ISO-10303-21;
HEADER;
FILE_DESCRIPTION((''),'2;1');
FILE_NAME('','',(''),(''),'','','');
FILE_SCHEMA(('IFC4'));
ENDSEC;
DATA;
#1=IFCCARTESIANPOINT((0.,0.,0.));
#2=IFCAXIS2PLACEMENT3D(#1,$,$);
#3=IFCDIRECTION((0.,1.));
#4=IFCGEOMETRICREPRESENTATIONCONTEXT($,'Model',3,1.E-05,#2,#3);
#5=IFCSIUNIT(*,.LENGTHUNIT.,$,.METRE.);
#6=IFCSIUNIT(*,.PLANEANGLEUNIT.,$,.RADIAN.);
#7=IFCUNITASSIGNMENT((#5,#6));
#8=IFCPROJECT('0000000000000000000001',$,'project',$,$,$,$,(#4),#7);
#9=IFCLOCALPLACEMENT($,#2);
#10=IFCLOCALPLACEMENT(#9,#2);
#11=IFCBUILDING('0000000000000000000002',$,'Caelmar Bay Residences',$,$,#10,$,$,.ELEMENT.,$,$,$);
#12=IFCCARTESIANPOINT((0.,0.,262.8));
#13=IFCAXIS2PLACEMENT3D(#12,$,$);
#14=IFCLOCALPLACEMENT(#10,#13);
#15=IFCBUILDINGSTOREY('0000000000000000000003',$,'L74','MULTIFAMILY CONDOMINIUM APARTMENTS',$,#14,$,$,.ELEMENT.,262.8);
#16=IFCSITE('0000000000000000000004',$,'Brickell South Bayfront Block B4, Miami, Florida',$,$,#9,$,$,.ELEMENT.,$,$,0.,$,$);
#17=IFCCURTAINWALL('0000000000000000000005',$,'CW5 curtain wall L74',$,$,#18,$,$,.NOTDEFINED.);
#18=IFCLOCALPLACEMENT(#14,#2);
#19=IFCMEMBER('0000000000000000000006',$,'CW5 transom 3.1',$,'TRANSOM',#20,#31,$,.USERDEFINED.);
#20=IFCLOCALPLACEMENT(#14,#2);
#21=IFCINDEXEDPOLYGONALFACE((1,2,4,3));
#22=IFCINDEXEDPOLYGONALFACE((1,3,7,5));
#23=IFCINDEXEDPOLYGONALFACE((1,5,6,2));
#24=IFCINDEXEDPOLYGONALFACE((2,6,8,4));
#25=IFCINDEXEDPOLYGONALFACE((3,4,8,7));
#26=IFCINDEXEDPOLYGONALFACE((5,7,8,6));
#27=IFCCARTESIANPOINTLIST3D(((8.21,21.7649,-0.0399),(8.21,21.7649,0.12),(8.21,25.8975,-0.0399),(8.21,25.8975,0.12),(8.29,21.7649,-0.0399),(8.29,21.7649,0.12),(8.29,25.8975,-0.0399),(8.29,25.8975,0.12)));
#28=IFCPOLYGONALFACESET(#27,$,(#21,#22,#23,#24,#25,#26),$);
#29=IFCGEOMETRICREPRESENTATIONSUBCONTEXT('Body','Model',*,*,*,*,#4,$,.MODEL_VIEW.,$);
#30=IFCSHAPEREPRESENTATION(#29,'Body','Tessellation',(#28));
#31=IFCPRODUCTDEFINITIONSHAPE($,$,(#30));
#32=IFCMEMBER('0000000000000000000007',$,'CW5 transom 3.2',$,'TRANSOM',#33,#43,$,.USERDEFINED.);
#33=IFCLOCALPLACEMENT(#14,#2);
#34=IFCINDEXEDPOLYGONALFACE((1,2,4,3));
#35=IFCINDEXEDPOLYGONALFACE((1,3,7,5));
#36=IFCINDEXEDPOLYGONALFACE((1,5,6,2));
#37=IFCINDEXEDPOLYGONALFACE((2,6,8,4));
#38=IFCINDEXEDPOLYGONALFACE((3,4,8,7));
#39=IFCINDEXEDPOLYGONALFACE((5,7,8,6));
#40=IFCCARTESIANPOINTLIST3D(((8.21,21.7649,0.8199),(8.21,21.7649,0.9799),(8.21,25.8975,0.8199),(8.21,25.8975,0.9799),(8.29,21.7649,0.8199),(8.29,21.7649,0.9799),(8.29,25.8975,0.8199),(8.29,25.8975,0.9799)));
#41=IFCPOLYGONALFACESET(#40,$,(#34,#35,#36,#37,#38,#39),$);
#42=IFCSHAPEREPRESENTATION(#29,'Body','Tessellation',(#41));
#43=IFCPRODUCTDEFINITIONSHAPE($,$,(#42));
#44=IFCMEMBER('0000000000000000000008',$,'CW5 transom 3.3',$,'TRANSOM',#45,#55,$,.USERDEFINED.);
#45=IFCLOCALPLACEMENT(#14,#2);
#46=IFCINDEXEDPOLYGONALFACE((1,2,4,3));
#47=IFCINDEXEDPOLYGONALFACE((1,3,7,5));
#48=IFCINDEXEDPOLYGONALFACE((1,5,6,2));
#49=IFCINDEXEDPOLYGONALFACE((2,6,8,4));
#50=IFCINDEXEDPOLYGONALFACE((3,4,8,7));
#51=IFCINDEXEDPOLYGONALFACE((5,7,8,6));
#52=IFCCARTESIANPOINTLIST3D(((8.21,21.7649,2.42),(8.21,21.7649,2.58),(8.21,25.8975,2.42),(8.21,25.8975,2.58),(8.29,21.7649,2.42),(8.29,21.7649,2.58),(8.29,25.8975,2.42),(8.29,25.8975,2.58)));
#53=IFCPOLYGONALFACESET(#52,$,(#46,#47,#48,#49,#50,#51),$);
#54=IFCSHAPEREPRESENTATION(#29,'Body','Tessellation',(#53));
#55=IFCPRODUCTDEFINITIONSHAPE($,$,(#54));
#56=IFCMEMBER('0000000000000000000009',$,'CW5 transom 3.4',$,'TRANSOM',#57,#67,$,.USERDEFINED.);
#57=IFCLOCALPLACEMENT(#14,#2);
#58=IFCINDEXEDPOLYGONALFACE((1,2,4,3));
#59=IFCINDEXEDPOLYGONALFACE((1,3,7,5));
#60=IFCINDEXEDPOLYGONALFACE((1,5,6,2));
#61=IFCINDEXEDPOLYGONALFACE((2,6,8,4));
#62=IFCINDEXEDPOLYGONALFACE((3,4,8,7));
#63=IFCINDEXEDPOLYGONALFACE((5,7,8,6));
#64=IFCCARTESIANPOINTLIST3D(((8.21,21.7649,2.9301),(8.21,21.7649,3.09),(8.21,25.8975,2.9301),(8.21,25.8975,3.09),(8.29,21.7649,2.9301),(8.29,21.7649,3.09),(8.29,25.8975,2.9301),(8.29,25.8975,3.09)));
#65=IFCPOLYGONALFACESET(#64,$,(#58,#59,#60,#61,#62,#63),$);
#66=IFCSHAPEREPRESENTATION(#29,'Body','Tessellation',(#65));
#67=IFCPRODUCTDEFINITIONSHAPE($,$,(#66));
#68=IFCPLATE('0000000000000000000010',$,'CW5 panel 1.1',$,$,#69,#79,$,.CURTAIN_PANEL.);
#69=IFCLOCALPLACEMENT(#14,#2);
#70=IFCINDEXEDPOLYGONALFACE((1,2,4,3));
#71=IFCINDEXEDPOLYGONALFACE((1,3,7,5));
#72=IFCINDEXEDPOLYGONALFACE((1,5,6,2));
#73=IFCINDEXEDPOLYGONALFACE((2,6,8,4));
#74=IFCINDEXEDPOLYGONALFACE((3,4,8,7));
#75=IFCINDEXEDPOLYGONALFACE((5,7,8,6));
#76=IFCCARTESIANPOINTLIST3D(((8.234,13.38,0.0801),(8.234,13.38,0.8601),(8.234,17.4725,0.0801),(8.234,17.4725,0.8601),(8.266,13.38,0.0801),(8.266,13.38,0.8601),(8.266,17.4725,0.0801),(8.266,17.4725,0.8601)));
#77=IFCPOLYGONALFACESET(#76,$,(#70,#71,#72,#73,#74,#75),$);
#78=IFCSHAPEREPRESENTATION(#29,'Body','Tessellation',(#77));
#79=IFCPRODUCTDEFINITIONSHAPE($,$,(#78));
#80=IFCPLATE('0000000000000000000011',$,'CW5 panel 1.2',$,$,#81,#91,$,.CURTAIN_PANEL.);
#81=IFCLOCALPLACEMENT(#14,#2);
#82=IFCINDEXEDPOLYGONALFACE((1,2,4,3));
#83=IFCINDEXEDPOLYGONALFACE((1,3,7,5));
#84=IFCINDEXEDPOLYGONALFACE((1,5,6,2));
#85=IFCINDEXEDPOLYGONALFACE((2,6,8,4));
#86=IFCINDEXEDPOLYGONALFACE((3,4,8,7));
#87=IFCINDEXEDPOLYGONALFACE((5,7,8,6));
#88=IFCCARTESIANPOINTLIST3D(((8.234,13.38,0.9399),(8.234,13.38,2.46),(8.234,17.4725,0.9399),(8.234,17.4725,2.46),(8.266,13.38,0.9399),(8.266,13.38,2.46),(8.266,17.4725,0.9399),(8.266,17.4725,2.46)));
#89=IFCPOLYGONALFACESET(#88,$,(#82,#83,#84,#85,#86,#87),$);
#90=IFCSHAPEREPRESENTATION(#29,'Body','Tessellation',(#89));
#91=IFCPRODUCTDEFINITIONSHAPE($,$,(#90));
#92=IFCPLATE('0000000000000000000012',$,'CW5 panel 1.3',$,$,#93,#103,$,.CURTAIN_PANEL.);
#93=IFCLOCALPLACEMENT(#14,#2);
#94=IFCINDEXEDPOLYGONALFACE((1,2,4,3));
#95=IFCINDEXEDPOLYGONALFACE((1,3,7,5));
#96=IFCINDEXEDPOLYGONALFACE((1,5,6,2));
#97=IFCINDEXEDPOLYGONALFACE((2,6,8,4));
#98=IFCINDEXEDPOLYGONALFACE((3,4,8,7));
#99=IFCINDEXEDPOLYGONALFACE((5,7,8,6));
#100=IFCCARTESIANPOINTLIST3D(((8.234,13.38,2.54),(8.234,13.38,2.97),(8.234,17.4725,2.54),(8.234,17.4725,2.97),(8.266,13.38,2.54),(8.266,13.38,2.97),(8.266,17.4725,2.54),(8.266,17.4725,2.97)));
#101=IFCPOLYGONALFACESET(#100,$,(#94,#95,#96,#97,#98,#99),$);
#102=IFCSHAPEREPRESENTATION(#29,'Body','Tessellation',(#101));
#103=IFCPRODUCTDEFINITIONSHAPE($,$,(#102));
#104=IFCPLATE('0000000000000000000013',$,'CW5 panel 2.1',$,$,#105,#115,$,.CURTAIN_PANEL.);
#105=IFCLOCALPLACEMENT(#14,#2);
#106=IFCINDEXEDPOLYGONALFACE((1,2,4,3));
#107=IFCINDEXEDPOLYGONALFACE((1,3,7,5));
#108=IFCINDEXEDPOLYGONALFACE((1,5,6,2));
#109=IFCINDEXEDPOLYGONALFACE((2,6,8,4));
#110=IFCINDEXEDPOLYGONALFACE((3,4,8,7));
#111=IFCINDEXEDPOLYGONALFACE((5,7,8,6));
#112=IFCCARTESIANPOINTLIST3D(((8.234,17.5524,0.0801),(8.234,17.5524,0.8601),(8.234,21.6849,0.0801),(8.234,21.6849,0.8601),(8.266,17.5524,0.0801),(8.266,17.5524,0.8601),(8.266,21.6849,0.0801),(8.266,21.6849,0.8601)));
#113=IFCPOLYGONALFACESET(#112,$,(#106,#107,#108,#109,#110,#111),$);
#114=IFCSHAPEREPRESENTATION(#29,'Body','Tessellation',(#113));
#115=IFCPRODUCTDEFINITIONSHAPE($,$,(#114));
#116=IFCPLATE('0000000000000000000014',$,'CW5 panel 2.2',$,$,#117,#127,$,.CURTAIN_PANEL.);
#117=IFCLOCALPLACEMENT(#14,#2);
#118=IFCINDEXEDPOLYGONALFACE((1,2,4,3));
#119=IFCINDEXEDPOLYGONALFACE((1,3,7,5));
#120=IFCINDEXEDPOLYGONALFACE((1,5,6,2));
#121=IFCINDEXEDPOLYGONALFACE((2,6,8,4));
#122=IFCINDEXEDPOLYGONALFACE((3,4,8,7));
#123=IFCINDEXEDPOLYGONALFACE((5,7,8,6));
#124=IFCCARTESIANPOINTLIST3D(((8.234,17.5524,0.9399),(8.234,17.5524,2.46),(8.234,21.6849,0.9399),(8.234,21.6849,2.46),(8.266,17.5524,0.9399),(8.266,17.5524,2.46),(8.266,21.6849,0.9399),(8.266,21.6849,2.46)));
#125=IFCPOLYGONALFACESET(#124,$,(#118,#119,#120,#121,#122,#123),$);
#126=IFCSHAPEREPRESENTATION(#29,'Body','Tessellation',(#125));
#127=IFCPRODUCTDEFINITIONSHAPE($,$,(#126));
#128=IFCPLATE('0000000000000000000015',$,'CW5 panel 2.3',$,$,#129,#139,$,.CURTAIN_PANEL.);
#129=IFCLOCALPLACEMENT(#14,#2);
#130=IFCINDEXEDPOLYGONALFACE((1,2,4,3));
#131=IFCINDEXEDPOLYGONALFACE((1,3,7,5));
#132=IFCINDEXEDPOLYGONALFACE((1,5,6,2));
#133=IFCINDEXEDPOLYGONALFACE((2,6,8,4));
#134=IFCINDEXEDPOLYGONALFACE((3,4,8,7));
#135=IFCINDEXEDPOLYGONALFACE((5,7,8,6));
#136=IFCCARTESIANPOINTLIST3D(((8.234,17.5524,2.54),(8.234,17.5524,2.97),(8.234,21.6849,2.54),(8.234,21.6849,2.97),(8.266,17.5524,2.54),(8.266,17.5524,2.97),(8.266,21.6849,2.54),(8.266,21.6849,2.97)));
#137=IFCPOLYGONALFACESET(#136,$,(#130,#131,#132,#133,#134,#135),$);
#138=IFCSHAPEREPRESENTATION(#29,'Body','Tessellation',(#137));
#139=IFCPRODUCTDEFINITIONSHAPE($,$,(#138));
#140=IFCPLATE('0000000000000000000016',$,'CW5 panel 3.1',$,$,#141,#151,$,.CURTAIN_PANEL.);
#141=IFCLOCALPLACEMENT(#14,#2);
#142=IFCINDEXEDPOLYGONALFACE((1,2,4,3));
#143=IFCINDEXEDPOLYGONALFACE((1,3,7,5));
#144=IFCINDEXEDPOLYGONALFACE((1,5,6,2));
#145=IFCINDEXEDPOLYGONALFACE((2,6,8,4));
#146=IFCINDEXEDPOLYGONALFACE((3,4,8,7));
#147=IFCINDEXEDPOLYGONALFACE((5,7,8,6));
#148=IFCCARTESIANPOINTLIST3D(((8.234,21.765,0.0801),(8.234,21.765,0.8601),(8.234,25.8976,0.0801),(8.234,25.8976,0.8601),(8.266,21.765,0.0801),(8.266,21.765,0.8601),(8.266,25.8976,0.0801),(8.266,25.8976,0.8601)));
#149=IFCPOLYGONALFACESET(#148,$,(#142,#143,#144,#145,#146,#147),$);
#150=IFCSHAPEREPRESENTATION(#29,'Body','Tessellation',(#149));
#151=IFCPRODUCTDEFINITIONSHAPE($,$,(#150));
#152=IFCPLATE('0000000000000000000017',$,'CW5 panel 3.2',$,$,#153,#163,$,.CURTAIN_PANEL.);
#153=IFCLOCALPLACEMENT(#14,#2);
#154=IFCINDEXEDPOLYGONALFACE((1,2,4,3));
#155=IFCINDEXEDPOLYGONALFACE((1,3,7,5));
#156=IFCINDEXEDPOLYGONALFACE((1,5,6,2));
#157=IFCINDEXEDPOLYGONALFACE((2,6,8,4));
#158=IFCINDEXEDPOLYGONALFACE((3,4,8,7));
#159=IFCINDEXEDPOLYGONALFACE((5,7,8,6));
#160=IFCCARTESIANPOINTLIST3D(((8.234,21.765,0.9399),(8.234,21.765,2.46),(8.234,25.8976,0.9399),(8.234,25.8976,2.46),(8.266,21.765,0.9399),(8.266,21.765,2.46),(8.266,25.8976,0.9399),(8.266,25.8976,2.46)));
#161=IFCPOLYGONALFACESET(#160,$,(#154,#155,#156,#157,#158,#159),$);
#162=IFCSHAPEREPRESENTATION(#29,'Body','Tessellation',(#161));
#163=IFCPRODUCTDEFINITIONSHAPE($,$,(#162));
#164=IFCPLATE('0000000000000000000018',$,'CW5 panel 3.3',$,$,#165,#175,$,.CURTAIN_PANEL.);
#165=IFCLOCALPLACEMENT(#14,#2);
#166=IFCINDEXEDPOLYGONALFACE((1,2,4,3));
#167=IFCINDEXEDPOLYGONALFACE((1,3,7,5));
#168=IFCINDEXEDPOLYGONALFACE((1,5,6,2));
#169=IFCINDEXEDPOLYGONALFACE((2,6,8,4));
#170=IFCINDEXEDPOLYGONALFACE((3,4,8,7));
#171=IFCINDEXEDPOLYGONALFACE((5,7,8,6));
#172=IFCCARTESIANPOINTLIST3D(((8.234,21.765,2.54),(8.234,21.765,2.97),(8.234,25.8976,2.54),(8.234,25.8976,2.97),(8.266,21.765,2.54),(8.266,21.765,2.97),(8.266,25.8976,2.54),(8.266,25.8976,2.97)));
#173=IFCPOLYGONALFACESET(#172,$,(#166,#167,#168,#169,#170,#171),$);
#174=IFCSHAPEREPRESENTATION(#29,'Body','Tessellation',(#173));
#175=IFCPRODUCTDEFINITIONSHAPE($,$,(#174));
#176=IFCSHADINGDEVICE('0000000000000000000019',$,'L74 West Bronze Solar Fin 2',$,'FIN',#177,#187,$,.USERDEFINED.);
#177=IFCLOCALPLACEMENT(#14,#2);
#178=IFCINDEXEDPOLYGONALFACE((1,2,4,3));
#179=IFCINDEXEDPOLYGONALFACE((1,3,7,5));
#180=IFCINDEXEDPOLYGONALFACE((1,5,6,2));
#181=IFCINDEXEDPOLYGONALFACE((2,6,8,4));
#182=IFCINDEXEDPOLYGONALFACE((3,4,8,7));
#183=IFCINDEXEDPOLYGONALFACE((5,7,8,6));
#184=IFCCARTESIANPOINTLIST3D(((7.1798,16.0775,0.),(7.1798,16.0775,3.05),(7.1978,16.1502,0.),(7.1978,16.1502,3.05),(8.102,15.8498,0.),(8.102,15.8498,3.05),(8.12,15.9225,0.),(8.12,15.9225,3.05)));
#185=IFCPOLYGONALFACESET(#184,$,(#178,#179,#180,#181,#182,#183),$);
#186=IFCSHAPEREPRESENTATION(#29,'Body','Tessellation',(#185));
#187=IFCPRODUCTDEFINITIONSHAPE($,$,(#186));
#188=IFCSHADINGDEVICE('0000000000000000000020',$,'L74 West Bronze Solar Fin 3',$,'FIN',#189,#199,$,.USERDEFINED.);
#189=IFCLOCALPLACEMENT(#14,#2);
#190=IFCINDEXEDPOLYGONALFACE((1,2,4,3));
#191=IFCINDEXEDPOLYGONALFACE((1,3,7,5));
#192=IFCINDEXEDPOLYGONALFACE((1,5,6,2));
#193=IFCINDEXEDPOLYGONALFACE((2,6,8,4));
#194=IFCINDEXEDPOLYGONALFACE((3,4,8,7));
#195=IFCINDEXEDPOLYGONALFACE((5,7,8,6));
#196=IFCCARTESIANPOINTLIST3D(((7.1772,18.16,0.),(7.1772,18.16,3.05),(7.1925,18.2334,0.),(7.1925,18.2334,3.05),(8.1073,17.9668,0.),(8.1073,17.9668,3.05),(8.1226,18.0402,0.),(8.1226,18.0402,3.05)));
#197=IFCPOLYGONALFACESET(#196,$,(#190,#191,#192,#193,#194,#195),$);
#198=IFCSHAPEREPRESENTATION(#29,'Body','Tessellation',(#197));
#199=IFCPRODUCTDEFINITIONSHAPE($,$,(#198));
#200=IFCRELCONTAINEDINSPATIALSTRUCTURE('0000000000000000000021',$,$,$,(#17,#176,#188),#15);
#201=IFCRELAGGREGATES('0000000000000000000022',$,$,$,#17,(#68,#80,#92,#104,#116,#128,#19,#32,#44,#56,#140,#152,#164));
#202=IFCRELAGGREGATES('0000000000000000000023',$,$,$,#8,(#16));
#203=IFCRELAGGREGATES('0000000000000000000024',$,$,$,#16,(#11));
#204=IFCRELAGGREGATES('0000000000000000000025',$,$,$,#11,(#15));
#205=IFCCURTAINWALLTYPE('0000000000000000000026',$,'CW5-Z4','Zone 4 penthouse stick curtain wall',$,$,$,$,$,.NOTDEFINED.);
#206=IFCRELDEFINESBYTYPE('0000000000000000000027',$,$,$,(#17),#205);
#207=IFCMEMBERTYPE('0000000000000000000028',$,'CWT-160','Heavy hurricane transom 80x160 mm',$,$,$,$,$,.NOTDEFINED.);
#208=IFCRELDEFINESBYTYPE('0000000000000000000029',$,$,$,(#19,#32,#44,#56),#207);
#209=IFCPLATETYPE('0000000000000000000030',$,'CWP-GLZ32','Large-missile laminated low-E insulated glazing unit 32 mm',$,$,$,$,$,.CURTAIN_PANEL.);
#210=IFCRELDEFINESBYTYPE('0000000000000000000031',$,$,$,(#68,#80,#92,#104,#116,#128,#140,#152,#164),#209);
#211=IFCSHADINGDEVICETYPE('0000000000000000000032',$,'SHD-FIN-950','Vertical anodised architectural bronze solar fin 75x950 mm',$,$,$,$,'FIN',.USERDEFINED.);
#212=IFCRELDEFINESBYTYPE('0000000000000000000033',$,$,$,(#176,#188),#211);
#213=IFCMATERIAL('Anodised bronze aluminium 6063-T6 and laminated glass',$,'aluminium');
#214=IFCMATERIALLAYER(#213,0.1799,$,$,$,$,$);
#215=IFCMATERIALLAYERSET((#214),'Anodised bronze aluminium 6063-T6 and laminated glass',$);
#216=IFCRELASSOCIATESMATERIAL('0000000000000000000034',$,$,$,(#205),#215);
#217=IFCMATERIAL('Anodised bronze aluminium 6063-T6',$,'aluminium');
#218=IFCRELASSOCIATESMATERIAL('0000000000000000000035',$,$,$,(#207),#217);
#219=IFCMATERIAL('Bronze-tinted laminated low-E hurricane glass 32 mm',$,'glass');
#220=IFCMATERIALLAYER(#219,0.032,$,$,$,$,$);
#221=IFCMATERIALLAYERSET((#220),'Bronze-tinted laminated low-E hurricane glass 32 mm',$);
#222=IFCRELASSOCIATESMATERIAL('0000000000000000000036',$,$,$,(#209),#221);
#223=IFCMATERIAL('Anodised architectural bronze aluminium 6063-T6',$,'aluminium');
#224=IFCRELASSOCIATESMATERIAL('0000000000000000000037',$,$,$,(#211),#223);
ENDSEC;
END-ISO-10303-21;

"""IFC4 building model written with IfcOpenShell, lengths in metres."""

from ifc_helpers import new_model, si_unit, direction, frame, origin, origin_2d, place, context, subcontext, project, spatial, rectangle, extrude, material, layer, layer_set, material_profile, profile_set, type_object, element, aggregate, save


model = new_model("IFC4")

# Units and contexts
model_context = context("Model", 3, precision=1e-05, world=origin(), true_north=direction((0.0, 1.0)))
body_context = subcontext(model_context, "Body", "Model", "MODEL_VIEW")
ifc_project = project(units=[si_unit("LENGTHUNIT", "METRE"), si_unit("PLANEANGLEUNIT", "RADIAN")], contexts=[model_context])

# Site, building, storey
site_placement = place(None, origin())
site = spatial("IfcSite", under=ifc_project, at=site_placement, Name="Brickell South Bayfront Block B4, Miami, Florida", CompositionType="ELEMENT", RefElevation=0.0)
building_placement = place(site_placement, origin())
building = spatial("IfcBuilding", under=site, at=building_placement, Name="Caelmar Bay Residences", CompositionType="ELEMENT")
storey_placement = place(building_placement, frame((0.0, 0.0, 262.8)))
storey = spatial("IfcBuildingStorey", under=building, at=storey_placement, Name="L74", Description="MULTIFAMILY CONDOMINIUM APARTMENTS", CompositionType="ELEMENT", Elevation=262.8)

# Curtain wall, members, plates
ifc_material_1 = material(Name="Anodised bronze aluminium 6063-T6 and laminated glass", Category="aluminium")
ifc_layer_1 = layer(ifc_material_1, 0.1799)
ifc_layer_set_1 = layer_set([ifc_layer_1], Name="Anodised bronze aluminium 6063-T6 and laminated glass")
curtain_wall_type = type_object("IfcCurtainWallType", Name="CW5-Z4", Description="Zone 4 penthouse stick curtain wall", PredefinedType="NOTDEFINED", material=ifc_layer_set_1)
curtain_wall_placement = place(storey_placement, origin())
curtain_wall = element("IfcCurtainWall", 1, at=curtain_wall_placement, inside=storey, type_object=curtain_wall_type, Name="CW5 curtain wall L74", PredefinedType="NOTDEFINED")
ifc_material_2 = material(Name="Anodised bronze aluminium 6063-T6", Category="aluminium")
ifc_material_profile_1 = material_profile(ifc_material_2, rectangle(XDim=0.0801, YDim=0.1599, at=origin_2d()), Name="CWT-80X160")
ifc_profile_set_1 = profile_set([ifc_material_profile_1], Name="Anodised bronze aluminium 6063-T6")
member_type_1 = type_object("IfcMemberType", Name="CWT-160", Description="Heavy hurricane transom 80x160 mm", PredefinedType="NOTDEFINED", material=ifc_profile_set_1)
member_1_placement = place(storey_placement, frame((8.25, 21.7649, 0.04), z_axis=(0.0, 1.0, 0.0), x_axis=(-1.0, 0.0, 0.0)))
member_1 = element("IfcMember", 2, at=member_1_placement, type_object=member_type_1, Name="CW5 transom 3.1", ObjectType="TRANSOM", PredefinedType="USERDEFINED", context=body_context, shape_type="SweptSolid", body=[
    extrude(rectangle(XDim=0.0801, YDim=0.1599, at=origin_2d()), origin(), (0.0, 0.0, 1.0), 4.1326),
])
member_2_placement = place(storey_placement, frame((8.25, 21.7649, 0.8999), z_axis=(0.0, 1.0, 0.0), x_axis=(-1.0, 0.0, 0.0)))
member_2 = element("IfcMember", 3, at=member_2_placement, type_object=member_type_1, Name="CW5 transom 3.2", ObjectType="TRANSOM", PredefinedType="USERDEFINED", context=body_context, shape_type="SweptSolid", body=[
    extrude(rectangle(XDim=0.0801, YDim=0.1599, at=origin_2d()), origin(), (0.0, 0.0, 1.0), 4.1326),
])
member_3_placement = place(storey_placement, frame((8.25, 21.7649, 2.5), z_axis=(0.0, 1.0, 0.0), x_axis=(-1.0, 0.0, 0.0)))
member_3 = element("IfcMember", 4, at=member_3_placement, type_object=member_type_1, Name="CW5 transom 3.3", ObjectType="TRANSOM", PredefinedType="USERDEFINED", context=body_context, shape_type="SweptSolid", body=[
    extrude(rectangle(XDim=0.0801, YDim=0.1599, at=origin_2d()), origin(), (0.0, 0.0, 1.0), 4.1326),
])
member_4_placement = place(storey_placement, frame((8.25, 21.7649, 3.01), z_axis=(0.0, 1.0, 0.0), x_axis=(-1.0, 0.0, 0.0)))
member_4 = element("IfcMember", 5, at=member_4_placement, type_object=member_type_1, Name="CW5 transom 3.4", ObjectType="TRANSOM", PredefinedType="USERDEFINED", context=body_context, shape_type="SweptSolid", body=[
    extrude(rectangle(XDim=0.0801, YDim=0.1599, at=origin_2d()), origin(), (0.0, 0.0, 1.0), 4.1326),
])
ifc_material_3 = material(Name="Bronze-tinted laminated low-E hurricane glass 32 mm", Category="glass")
ifc_layer_2 = layer(ifc_material_3, 0.032)
ifc_layer_set_2 = layer_set([ifc_layer_2], Name="Bronze-tinted laminated low-E hurricane glass 32 mm")
plate_type = type_object("IfcPlateType", Name="CWP-GLZ32", Description="Large-missile laminated low-E insulated glazing unit 32 mm", PredefinedType="CURTAIN_PANEL", material=ifc_layer_set_2)
plate_1_placement = place(storey_placement, frame((8.25, 15.4263, 0.0801), z_axis=(0.0, 0.0, 1.0), x_axis=(0.0, 1.0, 0.0)))
plate_1 = element("IfcPlate", 6, at=plate_1_placement, type_object=plate_type, Name="CW5 panel 1.1", PredefinedType="CURTAIN_PANEL", context=body_context, shape_type="SweptSolid", body=[
    extrude(rectangle(XDim=4.0925, YDim=0.032, at=origin_2d()), origin(), (0.0, 0.0, 1.0), 0.78),
])
plate_2_placement = place(storey_placement, frame((8.25, 15.4263, 0.9399), z_axis=(0.0, 0.0, 1.0), x_axis=(0.0, 1.0, 0.0)))
plate_2 = element("IfcPlate", 7, at=plate_2_placement, type_object=plate_type, Name="CW5 panel 1.2", PredefinedType="CURTAIN_PANEL", context=body_context, shape_type="SweptSolid", body=[
    extrude(rectangle(XDim=4.0925, YDim=0.032, at=origin_2d()), origin(), (0.0, 0.0, 1.0), 1.52),
])
plate_3_placement = place(storey_placement, frame((8.25, 15.4263, 2.54), z_axis=(0.0, 0.0, 1.0), x_axis=(0.0, 1.0, 0.0)))
plate_3 = element("IfcPlate", 8, at=plate_3_placement, type_object=plate_type, Name="CW5 panel 1.3", PredefinedType="CURTAIN_PANEL", context=body_context, shape_type="SweptSolid", body=[
    extrude(rectangle(XDim=4.0925, YDim=0.032, at=origin_2d()), origin(), (0.0, 0.0, 1.0), 0.4299),
])
plate_4_placement = place(storey_placement, frame((8.25, 19.6187, 0.0801), z_axis=(0.0, 0.0, 1.0), x_axis=(0.0, 1.0, 0.0)))
plate_4 = element("IfcPlate", 9, at=plate_4_placement, type_object=plate_type, Name="CW5 panel 2.1", PredefinedType="CURTAIN_PANEL", context=body_context, shape_type="SweptSolid", body=[
    extrude(rectangle(XDim=4.1326, YDim=0.032, at=origin_2d()), origin(), (0.0, 0.0, 1.0), 0.78),
])
plate_5_placement = place(storey_placement, frame((8.25, 19.6187, 0.9399), z_axis=(0.0, 0.0, 1.0), x_axis=(0.0, 1.0, 0.0)))
plate_5 = element("IfcPlate", 10, at=plate_5_placement, type_object=plate_type, Name="CW5 panel 2.2", PredefinedType="CURTAIN_PANEL", context=body_context, shape_type="SweptSolid", body=[
    extrude(rectangle(XDim=4.1326, YDim=0.032, at=origin_2d()), origin(), (0.0, 0.0, 1.0), 1.52),
])
plate_6_placement = place(storey_placement, frame((8.25, 19.6187, 2.54), z_axis=(0.0, 0.0, 1.0), x_axis=(0.0, 1.0, 0.0)))
plate_6 = element("IfcPlate", 11, at=plate_6_placement, type_object=plate_type, Name="CW5 panel 2.3", PredefinedType="CURTAIN_PANEL", context=body_context, shape_type="SweptSolid", body=[
    extrude(rectangle(XDim=4.1326, YDim=0.032, at=origin_2d()), origin(), (0.0, 0.0, 1.0), 0.4299),
])
plate_7_placement = place(storey_placement, frame((8.25, 23.8313, 0.0801), z_axis=(0.0, 0.0, 1.0), x_axis=(0.0, 1.0, 0.0)))
plate_7 = element("IfcPlate", 12, at=plate_7_placement, type_object=plate_type, Name="CW5 panel 3.1", PredefinedType="CURTAIN_PANEL", context=body_context, shape_type="SweptSolid", body=[
    extrude(rectangle(XDim=4.1326, YDim=0.032, at=origin_2d()), origin(), (0.0, 0.0, 1.0), 0.78),
])
plate_8_placement = place(storey_placement, frame((8.25, 23.8313, 0.9399), z_axis=(0.0, 0.0, 1.0), x_axis=(0.0, 1.0, 0.0)))
plate_8 = element("IfcPlate", 13, at=plate_8_placement, type_object=plate_type, Name="CW5 panel 3.2", PredefinedType="CURTAIN_PANEL", context=body_context, shape_type="SweptSolid", body=[
    extrude(rectangle(XDim=4.1326, YDim=0.032, at=origin_2d()), origin(), (0.0, 0.0, 1.0), 1.52),
])
plate_9_placement = place(storey_placement, frame((8.25, 23.8313, 2.54), z_axis=(0.0, 0.0, 1.0), x_axis=(0.0, 1.0, 0.0)))
plate_9 = element("IfcPlate", 14, at=plate_9_placement, type_object=plate_type, Name="CW5 panel 3.3", PredefinedType="CURTAIN_PANEL", context=body_context, shape_type="SweptSolid", body=[
    extrude(rectangle(XDim=4.1326, YDim=0.032, at=origin_2d()), origin(), (0.0, 0.0, 1.0), 0.4299),
])
aggregate(curtain_wall, [plate_1, plate_2, plate_3, plate_4, plate_5, plate_6, member_1, member_2, member_3, member_4, plate_7, plate_8, plate_9])

# Shading devices
ifc_material_4 = material(Name="Anodised architectural bronze aluminium 6063-T6", Category="aluminium")
ifc_material_profile_2 = material_profile(ifc_material_4, rectangle(XDim=0.075, YDim=0.95, at=origin_2d()), Name="BRONZE-FIN-75X950")
ifc_profile_set_2 = profile_set([ifc_material_profile_2], Name="Anodised architectural bronze aluminium 6063-T6")
shading_device_type = type_object("IfcShadingDeviceType", Name="SHD-FIN-950", Description="Vertical anodised architectural bronze solar fin 75x950 mm", ElementType="FIN", PredefinedType="USERDEFINED", material=ifc_profile_set_2)
for number, where, z_axis, x_axis, name in (
    (15, (7.6499, 16.0, 0.0), (0.0, 0.0, 1.0), (0.23972, 0.970842, 0.0), "L74 West Bronze Solar Fin 2"),
    (16, (7.6499, 18.1001, 0.0), (0.0, 0.0, 1.0), (0.2033, 0.979116, 0.0), "L74 West Bronze Solar Fin 3"),
):
    element("IfcShadingDevice", number, at=place(storey_placement, frame(where, z_axis=z_axis, x_axis=x_axis)), inside=storey, type_object=shading_device_type, Name=name, ObjectType="FIN", PredefinedType="USERDEFINED", context=body_context, shape_type="SweptSolid", body=[
        extrude(rectangle(XDim=0.075, YDim=0.95, at=origin_2d()), origin(), (0.0, 0.0, 1.0), 3.05),
    ])

save(model, "model.ifc")
